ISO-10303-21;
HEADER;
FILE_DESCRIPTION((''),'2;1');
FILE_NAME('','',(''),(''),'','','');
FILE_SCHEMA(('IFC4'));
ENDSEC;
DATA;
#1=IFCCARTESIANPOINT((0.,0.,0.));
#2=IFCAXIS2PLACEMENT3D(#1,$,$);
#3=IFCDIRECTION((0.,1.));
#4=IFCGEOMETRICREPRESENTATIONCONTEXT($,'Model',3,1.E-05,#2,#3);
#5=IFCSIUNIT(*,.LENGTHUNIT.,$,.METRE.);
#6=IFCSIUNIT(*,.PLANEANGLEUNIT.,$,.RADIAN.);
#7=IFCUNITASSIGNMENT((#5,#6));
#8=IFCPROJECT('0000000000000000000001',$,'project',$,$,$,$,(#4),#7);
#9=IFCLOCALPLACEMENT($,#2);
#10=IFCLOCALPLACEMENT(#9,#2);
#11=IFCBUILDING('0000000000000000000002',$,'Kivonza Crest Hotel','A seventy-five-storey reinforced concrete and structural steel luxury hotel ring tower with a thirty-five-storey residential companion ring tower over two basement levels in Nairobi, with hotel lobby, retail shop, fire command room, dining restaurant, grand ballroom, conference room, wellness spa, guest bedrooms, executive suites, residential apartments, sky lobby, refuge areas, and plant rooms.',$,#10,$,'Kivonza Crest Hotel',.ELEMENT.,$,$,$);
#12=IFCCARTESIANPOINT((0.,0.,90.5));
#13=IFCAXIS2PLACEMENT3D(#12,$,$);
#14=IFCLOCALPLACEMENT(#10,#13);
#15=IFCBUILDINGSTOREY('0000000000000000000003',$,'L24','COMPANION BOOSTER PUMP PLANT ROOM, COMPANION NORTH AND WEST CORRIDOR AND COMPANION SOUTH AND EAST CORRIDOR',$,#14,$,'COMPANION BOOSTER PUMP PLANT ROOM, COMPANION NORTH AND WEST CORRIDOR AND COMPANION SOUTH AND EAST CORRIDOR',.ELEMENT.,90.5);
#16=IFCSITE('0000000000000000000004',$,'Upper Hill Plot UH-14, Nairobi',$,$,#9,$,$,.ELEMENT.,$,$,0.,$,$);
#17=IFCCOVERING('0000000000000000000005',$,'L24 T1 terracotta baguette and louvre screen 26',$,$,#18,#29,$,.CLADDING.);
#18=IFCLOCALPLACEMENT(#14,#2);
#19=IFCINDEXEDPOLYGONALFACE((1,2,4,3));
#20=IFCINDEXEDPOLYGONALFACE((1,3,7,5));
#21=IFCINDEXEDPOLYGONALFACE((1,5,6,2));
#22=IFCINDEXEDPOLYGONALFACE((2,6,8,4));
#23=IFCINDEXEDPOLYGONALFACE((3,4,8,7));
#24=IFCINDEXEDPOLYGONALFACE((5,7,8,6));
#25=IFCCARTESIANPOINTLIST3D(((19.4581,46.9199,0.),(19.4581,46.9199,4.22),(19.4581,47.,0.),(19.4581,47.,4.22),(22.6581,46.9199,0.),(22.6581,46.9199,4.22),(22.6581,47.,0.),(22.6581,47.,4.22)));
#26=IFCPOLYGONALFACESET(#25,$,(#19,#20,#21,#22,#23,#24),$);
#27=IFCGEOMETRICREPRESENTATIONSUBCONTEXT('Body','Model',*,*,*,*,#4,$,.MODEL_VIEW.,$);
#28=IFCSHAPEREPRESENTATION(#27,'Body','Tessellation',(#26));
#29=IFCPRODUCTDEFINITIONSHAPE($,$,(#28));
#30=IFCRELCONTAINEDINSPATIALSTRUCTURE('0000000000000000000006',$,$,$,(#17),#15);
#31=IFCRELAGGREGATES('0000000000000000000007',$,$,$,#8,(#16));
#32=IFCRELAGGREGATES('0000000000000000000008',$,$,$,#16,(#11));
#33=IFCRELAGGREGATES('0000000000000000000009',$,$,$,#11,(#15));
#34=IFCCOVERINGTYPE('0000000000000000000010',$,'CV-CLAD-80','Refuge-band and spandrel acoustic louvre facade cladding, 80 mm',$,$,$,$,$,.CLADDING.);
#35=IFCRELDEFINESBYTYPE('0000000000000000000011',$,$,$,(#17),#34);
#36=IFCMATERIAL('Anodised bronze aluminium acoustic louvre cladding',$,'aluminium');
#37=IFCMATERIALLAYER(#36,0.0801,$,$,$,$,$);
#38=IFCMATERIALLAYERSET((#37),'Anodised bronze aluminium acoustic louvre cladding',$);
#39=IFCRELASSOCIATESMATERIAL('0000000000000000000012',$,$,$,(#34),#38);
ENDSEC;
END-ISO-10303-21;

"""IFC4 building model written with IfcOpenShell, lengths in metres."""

from ifc_helpers import new_model, si_unit, direction, frame, origin, origin_2d, place, context, subcontext, project, spatial, rectangle, extrude, material, layer, layer_set, type_object, element, save


model = new_model("IFC4")

# Units and contexts
model_context = context("Model", 3, precision=1e-05, world=origin(), true_north=direction((0.0, 1.0)))
body_context = subcontext(model_context, "Body", "Model", "MODEL_VIEW")
ifc_project = project(units=[si_unit("LENGTHUNIT", "METRE"), si_unit("PLANEANGLEUNIT", "RADIAN")], contexts=[model_context])

# Site, building, storey
site_placement = place(None, origin())
site = spatial("IfcSite", under=ifc_project, at=site_placement, Name="Upper Hill Plot UH-14, Nairobi", CompositionType="ELEMENT", RefElevation=0.0)
building_placement = place(site_placement, origin())
building = spatial("IfcBuilding", under=site, at=building_placement, Name="Kivonza Crest Hotel", Description="A seventy-five-storey reinforced concrete and structural steel luxury hotel ring tower with a thirty-five-storey residential companion ring tower over two basement levels in Nairobi, with hotel lobby, retail shop, fire command room, dining restaurant, grand ballroom, conference room, wellness spa, guest bedrooms, executive suites, residential apartments, sky lobby, refuge areas, and plant rooms.", LongName="Kivonza Crest Hotel", CompositionType="ELEMENT")
storey_placement = place(building_placement, frame((0.0, 0.0, 90.5)))
storey = spatial("IfcBuildingStorey", under=building, at=storey_placement, Name="L24", Description="COMPANION BOOSTER PUMP PLANT ROOM, COMPANION NORTH AND WEST CORRIDOR AND COMPANION SOUTH AND EAST CORRIDOR", LongName="COMPANION BOOSTER PUMP PLANT ROOM, COMPANION NORTH AND WEST CORRIDOR AND COMPANION SOUTH AND EAST CORRIDOR", CompositionType="ELEMENT", Elevation=90.5)

# Covering
ifc_material_1 = material(Name="Anodised bronze aluminium acoustic louvre cladding", Category="aluminium")
ifc_layer_1 = layer(ifc_material_1, 0.0801)
ifc_layer_set_1 = layer_set([ifc_layer_1], Name="Anodised bronze aluminium acoustic louvre cladding")
covering_type = type_object("IfcCoveringType", Name="CV-CLAD-80", Description="Refuge-band and spandrel acoustic louvre facade cladding, 80 mm", PredefinedType="CLADDING", material=ifc_layer_set_1)
covering_placement = place(storey_placement, frame((21.0581, 46.96, 0.0), z_axis=(0.0, 0.0, 1.0), x_axis=(-1.0, 0.0, 0.0)))
element("IfcCovering", 1, at=covering_placement, inside=storey, type_object=covering_type, Name="L24 T1 terracotta baguette and louvre screen 26", PredefinedType="CLADDING", context=body_context, shape_type="SweptSolid", body=[
    extrude(rectangle(XDim=3.2, YDim=0.0801, at=origin_2d()), origin(), (0.0, 0.0, 1.0), 4.22),
])

save(model, "model.ifc")
